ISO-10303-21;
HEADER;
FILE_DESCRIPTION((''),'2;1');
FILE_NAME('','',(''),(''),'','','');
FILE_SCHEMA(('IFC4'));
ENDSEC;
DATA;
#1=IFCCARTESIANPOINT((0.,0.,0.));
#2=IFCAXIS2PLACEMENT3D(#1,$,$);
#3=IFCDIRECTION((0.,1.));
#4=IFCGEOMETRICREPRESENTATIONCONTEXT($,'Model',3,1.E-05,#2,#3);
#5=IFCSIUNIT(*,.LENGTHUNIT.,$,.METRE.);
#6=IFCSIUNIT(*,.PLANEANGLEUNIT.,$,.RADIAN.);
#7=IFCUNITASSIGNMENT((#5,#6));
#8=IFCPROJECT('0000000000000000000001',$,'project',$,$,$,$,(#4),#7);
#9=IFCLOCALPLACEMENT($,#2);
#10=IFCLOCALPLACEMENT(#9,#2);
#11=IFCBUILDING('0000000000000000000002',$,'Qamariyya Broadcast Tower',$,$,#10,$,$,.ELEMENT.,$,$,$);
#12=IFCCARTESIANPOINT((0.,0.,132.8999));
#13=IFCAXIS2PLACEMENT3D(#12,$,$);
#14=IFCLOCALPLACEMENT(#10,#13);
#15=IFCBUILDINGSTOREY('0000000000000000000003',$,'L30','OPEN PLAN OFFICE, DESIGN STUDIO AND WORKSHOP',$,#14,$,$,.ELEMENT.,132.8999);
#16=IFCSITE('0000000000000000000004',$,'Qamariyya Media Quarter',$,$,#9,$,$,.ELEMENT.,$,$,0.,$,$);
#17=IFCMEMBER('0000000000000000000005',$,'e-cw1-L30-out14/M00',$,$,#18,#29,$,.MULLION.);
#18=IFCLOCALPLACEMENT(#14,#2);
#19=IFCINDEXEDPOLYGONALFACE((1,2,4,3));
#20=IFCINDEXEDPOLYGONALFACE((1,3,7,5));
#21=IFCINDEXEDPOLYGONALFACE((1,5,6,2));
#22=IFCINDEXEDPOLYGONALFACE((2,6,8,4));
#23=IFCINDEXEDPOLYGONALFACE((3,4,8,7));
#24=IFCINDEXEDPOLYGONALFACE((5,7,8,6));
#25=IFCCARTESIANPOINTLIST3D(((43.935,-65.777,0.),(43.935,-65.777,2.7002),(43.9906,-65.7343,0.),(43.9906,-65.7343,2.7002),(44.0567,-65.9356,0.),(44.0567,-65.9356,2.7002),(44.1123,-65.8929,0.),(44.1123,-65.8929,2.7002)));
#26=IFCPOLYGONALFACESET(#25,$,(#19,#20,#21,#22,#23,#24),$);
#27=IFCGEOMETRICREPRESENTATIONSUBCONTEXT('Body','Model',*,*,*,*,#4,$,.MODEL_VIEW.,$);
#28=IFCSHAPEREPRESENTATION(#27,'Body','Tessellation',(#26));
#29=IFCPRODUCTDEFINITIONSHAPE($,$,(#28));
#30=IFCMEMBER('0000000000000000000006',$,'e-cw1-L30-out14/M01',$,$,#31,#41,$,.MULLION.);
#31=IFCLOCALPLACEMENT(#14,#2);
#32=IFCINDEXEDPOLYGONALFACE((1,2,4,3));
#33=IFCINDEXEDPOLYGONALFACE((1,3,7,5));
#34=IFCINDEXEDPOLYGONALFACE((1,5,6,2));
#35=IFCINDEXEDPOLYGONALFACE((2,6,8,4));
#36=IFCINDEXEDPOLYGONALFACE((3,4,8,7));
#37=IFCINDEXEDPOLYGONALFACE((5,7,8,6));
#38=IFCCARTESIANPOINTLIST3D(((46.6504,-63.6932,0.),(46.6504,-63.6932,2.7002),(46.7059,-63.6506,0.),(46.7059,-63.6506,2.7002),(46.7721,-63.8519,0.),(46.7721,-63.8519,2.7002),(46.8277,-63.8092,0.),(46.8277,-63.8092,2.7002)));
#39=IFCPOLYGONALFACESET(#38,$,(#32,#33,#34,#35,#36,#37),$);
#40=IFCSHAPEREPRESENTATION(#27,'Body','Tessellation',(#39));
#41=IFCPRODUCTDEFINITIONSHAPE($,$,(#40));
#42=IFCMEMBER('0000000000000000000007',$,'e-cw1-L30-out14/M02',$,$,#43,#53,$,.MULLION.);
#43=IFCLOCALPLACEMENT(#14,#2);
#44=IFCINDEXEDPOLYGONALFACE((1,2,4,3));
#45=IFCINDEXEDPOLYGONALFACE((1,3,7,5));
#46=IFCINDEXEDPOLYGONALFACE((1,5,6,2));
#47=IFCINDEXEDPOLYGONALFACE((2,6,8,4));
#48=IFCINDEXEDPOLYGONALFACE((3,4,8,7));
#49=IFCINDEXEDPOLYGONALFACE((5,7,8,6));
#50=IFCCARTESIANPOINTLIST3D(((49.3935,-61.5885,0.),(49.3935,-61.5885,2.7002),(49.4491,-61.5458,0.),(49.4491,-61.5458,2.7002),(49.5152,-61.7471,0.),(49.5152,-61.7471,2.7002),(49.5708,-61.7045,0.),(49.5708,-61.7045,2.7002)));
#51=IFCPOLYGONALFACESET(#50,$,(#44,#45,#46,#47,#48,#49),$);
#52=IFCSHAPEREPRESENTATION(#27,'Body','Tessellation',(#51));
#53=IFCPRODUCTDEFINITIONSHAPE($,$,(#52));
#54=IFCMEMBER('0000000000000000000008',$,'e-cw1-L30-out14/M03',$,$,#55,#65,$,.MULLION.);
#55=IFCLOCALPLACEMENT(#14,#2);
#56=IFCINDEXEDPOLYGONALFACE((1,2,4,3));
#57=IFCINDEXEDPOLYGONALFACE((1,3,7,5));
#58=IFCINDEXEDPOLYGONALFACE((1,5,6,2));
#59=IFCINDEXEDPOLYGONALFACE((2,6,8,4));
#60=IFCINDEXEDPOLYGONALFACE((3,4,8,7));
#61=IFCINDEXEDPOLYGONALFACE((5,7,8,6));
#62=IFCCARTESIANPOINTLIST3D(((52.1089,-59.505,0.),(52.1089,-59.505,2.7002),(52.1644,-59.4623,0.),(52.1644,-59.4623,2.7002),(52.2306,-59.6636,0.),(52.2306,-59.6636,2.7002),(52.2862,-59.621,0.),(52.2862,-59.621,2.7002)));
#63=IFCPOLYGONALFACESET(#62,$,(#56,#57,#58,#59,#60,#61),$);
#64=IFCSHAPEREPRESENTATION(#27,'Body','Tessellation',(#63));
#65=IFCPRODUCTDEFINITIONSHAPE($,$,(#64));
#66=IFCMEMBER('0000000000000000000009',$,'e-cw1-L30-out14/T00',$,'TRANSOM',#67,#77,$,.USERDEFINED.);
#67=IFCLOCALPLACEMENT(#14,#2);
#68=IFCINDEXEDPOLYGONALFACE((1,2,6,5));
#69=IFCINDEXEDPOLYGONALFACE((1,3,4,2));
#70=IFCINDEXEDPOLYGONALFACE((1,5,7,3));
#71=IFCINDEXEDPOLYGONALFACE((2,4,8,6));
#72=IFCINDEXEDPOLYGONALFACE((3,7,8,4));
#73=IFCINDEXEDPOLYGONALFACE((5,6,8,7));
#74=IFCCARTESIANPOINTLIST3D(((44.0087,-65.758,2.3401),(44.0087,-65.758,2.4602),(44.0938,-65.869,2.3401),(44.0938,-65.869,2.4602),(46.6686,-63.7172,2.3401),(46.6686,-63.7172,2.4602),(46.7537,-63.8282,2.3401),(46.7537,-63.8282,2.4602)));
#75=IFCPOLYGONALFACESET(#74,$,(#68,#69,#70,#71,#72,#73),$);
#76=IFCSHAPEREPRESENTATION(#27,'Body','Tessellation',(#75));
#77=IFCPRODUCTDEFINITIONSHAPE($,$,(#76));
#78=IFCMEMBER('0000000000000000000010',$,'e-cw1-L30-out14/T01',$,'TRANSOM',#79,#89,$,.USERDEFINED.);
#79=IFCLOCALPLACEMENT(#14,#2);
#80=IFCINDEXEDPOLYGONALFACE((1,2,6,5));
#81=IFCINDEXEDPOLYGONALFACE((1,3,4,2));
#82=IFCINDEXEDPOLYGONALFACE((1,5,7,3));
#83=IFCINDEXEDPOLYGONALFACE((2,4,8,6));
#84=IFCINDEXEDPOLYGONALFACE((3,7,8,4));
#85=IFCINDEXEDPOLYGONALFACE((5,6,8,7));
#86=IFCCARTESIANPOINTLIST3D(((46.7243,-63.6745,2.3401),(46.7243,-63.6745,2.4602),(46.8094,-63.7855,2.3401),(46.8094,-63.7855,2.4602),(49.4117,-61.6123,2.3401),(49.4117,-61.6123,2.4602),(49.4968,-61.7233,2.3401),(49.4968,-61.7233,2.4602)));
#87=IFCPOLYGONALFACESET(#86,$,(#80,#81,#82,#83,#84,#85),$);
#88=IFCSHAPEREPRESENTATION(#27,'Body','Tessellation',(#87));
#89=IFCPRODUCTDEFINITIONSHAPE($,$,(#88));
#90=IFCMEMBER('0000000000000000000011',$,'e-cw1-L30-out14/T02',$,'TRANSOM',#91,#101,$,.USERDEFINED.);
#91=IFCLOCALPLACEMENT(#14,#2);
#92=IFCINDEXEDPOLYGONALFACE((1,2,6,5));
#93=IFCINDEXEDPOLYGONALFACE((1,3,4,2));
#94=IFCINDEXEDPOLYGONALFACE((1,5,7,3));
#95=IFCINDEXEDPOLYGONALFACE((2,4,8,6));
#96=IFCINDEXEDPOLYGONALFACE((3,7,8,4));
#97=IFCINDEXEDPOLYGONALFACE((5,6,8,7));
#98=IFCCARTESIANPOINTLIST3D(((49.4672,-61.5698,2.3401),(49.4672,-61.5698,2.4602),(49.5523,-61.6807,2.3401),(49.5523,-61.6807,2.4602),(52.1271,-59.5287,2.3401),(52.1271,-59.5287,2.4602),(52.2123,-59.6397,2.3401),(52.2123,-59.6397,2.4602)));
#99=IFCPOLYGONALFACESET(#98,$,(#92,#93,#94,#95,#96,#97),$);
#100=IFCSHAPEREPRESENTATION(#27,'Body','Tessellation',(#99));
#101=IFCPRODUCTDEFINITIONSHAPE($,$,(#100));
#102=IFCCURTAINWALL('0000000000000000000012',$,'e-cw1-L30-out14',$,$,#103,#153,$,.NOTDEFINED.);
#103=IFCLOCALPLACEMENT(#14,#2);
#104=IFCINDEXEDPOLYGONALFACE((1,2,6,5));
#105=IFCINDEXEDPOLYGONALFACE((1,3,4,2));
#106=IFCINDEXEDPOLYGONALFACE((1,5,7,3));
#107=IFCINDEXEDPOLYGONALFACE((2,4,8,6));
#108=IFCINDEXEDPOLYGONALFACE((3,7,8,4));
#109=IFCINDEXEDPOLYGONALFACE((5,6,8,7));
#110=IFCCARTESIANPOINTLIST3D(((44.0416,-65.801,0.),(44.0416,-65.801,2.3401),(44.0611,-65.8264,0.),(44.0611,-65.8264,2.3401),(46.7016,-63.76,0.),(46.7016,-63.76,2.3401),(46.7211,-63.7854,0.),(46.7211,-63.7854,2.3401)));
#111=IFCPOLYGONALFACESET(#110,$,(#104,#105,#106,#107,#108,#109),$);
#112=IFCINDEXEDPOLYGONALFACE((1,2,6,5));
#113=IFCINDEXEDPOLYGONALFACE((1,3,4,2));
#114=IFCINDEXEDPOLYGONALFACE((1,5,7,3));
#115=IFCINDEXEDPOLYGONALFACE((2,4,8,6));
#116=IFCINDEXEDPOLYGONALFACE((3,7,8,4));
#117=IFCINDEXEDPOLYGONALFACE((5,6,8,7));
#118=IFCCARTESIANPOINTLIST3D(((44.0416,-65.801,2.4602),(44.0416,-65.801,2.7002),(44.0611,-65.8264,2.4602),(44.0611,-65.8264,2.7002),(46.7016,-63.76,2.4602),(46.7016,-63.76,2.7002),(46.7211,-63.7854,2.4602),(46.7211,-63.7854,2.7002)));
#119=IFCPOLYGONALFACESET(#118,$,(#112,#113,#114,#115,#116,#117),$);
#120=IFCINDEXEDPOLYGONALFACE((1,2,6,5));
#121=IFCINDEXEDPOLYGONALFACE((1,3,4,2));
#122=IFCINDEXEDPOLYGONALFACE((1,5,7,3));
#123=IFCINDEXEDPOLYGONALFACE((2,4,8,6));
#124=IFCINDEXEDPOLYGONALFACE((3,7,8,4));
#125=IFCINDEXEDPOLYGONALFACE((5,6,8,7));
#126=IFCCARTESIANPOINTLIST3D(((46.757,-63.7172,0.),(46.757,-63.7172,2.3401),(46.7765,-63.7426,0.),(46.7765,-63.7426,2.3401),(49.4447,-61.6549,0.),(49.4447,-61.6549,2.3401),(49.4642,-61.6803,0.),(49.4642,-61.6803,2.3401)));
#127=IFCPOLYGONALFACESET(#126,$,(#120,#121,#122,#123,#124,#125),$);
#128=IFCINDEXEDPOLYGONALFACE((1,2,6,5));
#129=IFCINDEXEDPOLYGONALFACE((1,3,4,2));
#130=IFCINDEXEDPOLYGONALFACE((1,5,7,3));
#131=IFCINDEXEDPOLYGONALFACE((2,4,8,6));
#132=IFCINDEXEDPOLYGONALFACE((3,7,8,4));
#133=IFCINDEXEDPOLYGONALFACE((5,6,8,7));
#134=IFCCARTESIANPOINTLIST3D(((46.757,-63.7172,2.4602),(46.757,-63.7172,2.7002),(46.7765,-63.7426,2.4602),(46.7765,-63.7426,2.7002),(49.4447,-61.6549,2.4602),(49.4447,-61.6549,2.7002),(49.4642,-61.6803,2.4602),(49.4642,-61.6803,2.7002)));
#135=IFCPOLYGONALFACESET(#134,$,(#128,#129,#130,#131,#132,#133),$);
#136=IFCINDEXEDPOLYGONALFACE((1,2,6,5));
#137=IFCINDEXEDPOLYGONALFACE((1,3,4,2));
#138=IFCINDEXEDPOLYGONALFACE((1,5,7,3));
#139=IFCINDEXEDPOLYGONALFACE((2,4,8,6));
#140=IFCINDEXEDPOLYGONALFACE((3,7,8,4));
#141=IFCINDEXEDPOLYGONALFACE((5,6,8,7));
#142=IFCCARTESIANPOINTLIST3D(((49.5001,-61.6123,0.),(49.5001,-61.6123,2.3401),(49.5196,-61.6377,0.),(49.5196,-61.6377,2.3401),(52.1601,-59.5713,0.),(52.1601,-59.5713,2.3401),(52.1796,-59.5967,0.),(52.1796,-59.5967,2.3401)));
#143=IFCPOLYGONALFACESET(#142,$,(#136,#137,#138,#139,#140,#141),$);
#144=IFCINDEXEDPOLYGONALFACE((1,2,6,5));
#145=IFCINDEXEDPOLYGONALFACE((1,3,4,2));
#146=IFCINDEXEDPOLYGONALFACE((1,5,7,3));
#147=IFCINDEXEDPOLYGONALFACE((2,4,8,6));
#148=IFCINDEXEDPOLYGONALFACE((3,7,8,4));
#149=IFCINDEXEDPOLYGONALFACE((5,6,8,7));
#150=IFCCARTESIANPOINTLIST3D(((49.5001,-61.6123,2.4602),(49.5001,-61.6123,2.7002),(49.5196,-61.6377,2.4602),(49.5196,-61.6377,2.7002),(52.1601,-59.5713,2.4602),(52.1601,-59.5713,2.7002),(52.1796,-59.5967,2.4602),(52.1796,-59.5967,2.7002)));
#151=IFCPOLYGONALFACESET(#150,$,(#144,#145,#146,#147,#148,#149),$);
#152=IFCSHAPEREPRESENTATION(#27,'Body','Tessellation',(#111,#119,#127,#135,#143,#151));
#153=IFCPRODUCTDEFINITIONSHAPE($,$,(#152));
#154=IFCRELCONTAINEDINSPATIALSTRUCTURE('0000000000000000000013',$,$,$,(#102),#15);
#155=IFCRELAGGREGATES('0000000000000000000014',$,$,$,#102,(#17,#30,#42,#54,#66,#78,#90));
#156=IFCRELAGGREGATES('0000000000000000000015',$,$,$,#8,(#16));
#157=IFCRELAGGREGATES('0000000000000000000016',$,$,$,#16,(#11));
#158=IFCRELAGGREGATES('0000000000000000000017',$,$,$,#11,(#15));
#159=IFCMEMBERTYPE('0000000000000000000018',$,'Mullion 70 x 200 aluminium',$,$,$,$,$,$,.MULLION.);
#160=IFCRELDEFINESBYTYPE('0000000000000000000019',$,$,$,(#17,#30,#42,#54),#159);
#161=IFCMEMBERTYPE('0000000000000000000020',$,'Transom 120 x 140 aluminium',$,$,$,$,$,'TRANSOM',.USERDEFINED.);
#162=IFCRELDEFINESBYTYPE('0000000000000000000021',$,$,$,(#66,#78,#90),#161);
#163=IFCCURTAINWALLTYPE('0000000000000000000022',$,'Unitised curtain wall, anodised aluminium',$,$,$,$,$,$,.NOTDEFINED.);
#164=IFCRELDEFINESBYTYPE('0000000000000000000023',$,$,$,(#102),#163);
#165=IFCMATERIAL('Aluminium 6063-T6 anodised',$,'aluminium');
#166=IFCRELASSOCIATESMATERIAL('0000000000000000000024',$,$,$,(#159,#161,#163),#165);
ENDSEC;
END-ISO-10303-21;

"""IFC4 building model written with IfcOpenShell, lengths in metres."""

from ifc_helpers import new_model, si_unit, direction, frame, origin, origin_2d, place, context, subcontext, project, spatial, rectangle, extrude, material, material_profile, profile_set, type_object, element, aggregate, save


model = new_model("IFC4")

# Units and contexts
model_context = context("Model", 3, precision=1e-05, world=origin(), true_north=direction((0.0, 1.0)))
body_context = subcontext(model_context, "Body", "Model", "MODEL_VIEW")
ifc_project = project(units=[si_unit("LENGTHUNIT", "METRE"), si_unit("PLANEANGLEUNIT", "RADIAN")], contexts=[model_context])

# Members
ifc_material = material(Name="Aluminium 6063-T6 anodised", Category="aluminium")
ifc_material_profile_1 = material_profile(ifc_material, rectangle(XDim=0.2, YDim=0.0701, at=origin_2d()))
ifc_profile_set_1 = profile_set([ifc_material_profile_1], Name="Aluminium 6063-T6 anodised")
member_type_1 = type_object("IfcMemberType", Name="Mullion 70 x 200 aluminium", PredefinedType="MULLION", material=ifc_profile_set_1)
site_placement = place(None, origin())
building_placement = place(site_placement, origin())
storey_placement = place(building_placement, frame((0.0, 0.0, 132.8999)))
member_1_placement = place(storey_placement, frame((44.0237, -65.835, 0.0), z_axis=(0.0, 0.0, 1.0), x_axis=(-0.608761, 0.793353, 0.0)))
member_1 = element("IfcMember", 1, at=member_1_placement, type_object=member_type_1, Name="e-cw1-L30-out14/M00", PredefinedType="MULLION", context=body_context, shape_type="SweptSolid", body=[
    extrude(rectangle(XDim=0.2, YDim=0.0701, at=origin_2d()), origin(), (0.0, 0.0, 1.0), 2.7002),
])
member_2_placement = place(storey_placement, frame((46.739, -63.7512, 0.0), z_axis=(0.0, 0.0, 1.0), x_axis=(-0.608761, 0.793353, 0.0)))
member_2 = element("IfcMember", 2, at=member_2_placement, type_object=member_type_1, Name="e-cw1-L30-out14/M01", PredefinedType="MULLION", context=body_context, shape_type="SweptSolid", body=[
    extrude(rectangle(XDim=0.2, YDim=0.0701, at=origin_2d()), origin(), (0.0, 0.0, 1.0), 2.7002),
])
member_3_placement = place(storey_placement, frame((49.4822, -61.6465, 0.0), z_axis=(0.0, 0.0, 1.0), x_axis=(-0.608761, 0.793353, 0.0)))
member_3 = element("IfcMember", 3, at=member_3_placement, type_object=member_type_1, Name="e-cw1-L30-out14/M02", PredefinedType="MULLION", context=body_context, shape_type="SweptSolid", body=[
    extrude(rectangle(XDim=0.2, YDim=0.0701, at=origin_2d()), origin(), (0.0, 0.0, 1.0), 2.7002),
])
member_4_placement = place(storey_placement, frame((52.1975, -59.563, 0.0), z_axis=(0.0, 0.0, 1.0), x_axis=(-0.608761, 0.793353, 0.0)))
member_4 = element("IfcMember", 4, at=member_4_placement, type_object=member_type_1, Name="e-cw1-L30-out14/M03", PredefinedType="MULLION", context=body_context, shape_type="SweptSolid", body=[
    extrude(rectangle(XDim=0.2, YDim=0.0701, at=origin_2d()), origin(), (0.0, 0.0, 1.0), 2.7002),
])
ifc_material_profile_2 = material_profile(ifc_material, rectangle(XDim=0.1399, YDim=0.1201, at=origin_2d()))
ifc_profile_set_2 = profile_set([ifc_material_profile_2], Name="Aluminium 6063-T6 anodised")
member_type_2 = type_object("IfcMemberType", Name="Transom 120 x 140 aluminium", ElementType="TRANSOM", PredefinedType="USERDEFINED", material=ifc_profile_set_2)
member_5_placement = place(storey_placement, frame((44.0513, -65.8135, 2.4001), z_axis=(0.793389, 0.608714, 0.0), x_axis=(-0.608714, 0.793389, 0.0)))
member_5 = element("IfcMember", 5, at=member_5_placement, type_object=member_type_2, Name="e-cw1-L30-out14/T00", ObjectType="TRANSOM", PredefinedType="USERDEFINED", context=body_context, shape_type="SweptSolid", body=[
    extrude(rectangle(XDim=0.1399, YDim=0.1201, at=origin_2d()), origin(), (0.0, 0.0, 1.0), 3.3525),
])
member_6_placement = place(storey_placement, frame((46.7668, -63.73, 2.4001), z_axis=(0.793344, 0.608773, 0.0), x_axis=(-0.608773, 0.793344, 0.0)))
member_6 = element("IfcMember", 6, at=member_6_placement, type_object=member_type_2, Name="e-cw1-L30-out14/T01", ObjectType="TRANSOM", PredefinedType="USERDEFINED", context=body_context, shape_type="SweptSolid", body=[
    extrude(rectangle(XDim=0.1399, YDim=0.1201, at=origin_2d()), origin(), (0.0, 0.0, 1.0), 3.3875),
])
member_7_placement = place(storey_placement, frame((49.5098, -61.6252, 2.4001), z_axis=(0.793354, 0.60876, 0.0), x_axis=(-0.60876, 0.793354, 0.0)))
member_7 = element("IfcMember", 7, at=member_7_placement, type_object=member_type_2, Name="e-cw1-L30-out14/T02", ObjectType="TRANSOM", PredefinedType="USERDEFINED", context=body_context, shape_type="SweptSolid", body=[
    extrude(rectangle(XDim=0.1399, YDim=0.1201, at=origin_2d()), origin(), (0.0, 0.0, 1.0), 3.3528),
])

# Site, building, storey
site = spatial("IfcSite", under=ifc_project, at=site_placement, Name="Qamariyya Media Quarter", CompositionType="ELEMENT", RefElevation=0.0)
building = spatial("IfcBuilding", under=site, at=building_placement, Name="Qamariyya Broadcast Tower", CompositionType="ELEMENT")
storey = spatial("IfcBuildingStorey", under=building, at=storey_placement, Name="L30", Description="OPEN PLAN OFFICE, DESIGN STUDIO AND WORKSHOP", CompositionType="ELEMENT", Elevation=132.8999)

# Curtain wall
curtain_wall_type = type_object("IfcCurtainWallType", Name="Unitised curtain wall, anodised aluminium", PredefinedType="NOTDEFINED", material=ifc_material)
curtain_wall_1_placement = place(storey_placement, origin())
curtain_wall_1 = element("IfcCurtainWall", 8, at=curtain_wall_1_placement, inside=storey, type_object=curtain_wall_type, Name="e-cw1-L30-out14", PredefinedType="NOTDEFINED", context=body_context, shape_type="SweptSolid", body=[
    extrude(rectangle(XDim=3.3528, YDim=0.032, at=origin_2d()), frame((45.3813, -64.7932, 0.0), x_axis=(0.793354, 0.608761, 0.0)), (0.0, 0.0, 1.0), 2.3401),
    extrude(rectangle(XDim=3.3528, YDim=0.032, at=origin_2d()), frame((45.3813, -64.7932, 2.4602), x_axis=(0.793354, 0.608761, 0.0)), (0.0, 0.0, 1.0), 0.24),
    extrude(rectangle(XDim=3.3877, YDim=0.032, at=origin_2d()), frame((48.1106, -62.6987, 0.0), x_axis=(0.793354, 0.608761, 0.0)), (0.0, 0.0, 1.0), 2.3401),
    extrude(rectangle(XDim=3.3877, YDim=0.032, at=origin_2d()), frame((48.1106, -62.6987, 2.4602), x_axis=(0.793354, 0.608761, 0.0)), (0.0, 0.0, 1.0), 0.24),
    extrude(rectangle(XDim=3.3528, YDim=0.032, at=origin_2d()), frame((50.8398, -60.6045, 0.0), x_axis=(0.793354, 0.608761, 0.0)), (0.0, 0.0, 1.0), 2.3401),
    extrude(rectangle(XDim=3.3528, YDim=0.032, at=origin_2d()), frame((50.8398, -60.6045, 2.4602), x_axis=(0.793354, 0.608761, 0.0)), (0.0, 0.0, 1.0), 0.24),
])
aggregate(curtain_wall_1, [member_1, member_2, member_3, member_4, member_5, member_6, member_7])

save(model, "model.ifc")
